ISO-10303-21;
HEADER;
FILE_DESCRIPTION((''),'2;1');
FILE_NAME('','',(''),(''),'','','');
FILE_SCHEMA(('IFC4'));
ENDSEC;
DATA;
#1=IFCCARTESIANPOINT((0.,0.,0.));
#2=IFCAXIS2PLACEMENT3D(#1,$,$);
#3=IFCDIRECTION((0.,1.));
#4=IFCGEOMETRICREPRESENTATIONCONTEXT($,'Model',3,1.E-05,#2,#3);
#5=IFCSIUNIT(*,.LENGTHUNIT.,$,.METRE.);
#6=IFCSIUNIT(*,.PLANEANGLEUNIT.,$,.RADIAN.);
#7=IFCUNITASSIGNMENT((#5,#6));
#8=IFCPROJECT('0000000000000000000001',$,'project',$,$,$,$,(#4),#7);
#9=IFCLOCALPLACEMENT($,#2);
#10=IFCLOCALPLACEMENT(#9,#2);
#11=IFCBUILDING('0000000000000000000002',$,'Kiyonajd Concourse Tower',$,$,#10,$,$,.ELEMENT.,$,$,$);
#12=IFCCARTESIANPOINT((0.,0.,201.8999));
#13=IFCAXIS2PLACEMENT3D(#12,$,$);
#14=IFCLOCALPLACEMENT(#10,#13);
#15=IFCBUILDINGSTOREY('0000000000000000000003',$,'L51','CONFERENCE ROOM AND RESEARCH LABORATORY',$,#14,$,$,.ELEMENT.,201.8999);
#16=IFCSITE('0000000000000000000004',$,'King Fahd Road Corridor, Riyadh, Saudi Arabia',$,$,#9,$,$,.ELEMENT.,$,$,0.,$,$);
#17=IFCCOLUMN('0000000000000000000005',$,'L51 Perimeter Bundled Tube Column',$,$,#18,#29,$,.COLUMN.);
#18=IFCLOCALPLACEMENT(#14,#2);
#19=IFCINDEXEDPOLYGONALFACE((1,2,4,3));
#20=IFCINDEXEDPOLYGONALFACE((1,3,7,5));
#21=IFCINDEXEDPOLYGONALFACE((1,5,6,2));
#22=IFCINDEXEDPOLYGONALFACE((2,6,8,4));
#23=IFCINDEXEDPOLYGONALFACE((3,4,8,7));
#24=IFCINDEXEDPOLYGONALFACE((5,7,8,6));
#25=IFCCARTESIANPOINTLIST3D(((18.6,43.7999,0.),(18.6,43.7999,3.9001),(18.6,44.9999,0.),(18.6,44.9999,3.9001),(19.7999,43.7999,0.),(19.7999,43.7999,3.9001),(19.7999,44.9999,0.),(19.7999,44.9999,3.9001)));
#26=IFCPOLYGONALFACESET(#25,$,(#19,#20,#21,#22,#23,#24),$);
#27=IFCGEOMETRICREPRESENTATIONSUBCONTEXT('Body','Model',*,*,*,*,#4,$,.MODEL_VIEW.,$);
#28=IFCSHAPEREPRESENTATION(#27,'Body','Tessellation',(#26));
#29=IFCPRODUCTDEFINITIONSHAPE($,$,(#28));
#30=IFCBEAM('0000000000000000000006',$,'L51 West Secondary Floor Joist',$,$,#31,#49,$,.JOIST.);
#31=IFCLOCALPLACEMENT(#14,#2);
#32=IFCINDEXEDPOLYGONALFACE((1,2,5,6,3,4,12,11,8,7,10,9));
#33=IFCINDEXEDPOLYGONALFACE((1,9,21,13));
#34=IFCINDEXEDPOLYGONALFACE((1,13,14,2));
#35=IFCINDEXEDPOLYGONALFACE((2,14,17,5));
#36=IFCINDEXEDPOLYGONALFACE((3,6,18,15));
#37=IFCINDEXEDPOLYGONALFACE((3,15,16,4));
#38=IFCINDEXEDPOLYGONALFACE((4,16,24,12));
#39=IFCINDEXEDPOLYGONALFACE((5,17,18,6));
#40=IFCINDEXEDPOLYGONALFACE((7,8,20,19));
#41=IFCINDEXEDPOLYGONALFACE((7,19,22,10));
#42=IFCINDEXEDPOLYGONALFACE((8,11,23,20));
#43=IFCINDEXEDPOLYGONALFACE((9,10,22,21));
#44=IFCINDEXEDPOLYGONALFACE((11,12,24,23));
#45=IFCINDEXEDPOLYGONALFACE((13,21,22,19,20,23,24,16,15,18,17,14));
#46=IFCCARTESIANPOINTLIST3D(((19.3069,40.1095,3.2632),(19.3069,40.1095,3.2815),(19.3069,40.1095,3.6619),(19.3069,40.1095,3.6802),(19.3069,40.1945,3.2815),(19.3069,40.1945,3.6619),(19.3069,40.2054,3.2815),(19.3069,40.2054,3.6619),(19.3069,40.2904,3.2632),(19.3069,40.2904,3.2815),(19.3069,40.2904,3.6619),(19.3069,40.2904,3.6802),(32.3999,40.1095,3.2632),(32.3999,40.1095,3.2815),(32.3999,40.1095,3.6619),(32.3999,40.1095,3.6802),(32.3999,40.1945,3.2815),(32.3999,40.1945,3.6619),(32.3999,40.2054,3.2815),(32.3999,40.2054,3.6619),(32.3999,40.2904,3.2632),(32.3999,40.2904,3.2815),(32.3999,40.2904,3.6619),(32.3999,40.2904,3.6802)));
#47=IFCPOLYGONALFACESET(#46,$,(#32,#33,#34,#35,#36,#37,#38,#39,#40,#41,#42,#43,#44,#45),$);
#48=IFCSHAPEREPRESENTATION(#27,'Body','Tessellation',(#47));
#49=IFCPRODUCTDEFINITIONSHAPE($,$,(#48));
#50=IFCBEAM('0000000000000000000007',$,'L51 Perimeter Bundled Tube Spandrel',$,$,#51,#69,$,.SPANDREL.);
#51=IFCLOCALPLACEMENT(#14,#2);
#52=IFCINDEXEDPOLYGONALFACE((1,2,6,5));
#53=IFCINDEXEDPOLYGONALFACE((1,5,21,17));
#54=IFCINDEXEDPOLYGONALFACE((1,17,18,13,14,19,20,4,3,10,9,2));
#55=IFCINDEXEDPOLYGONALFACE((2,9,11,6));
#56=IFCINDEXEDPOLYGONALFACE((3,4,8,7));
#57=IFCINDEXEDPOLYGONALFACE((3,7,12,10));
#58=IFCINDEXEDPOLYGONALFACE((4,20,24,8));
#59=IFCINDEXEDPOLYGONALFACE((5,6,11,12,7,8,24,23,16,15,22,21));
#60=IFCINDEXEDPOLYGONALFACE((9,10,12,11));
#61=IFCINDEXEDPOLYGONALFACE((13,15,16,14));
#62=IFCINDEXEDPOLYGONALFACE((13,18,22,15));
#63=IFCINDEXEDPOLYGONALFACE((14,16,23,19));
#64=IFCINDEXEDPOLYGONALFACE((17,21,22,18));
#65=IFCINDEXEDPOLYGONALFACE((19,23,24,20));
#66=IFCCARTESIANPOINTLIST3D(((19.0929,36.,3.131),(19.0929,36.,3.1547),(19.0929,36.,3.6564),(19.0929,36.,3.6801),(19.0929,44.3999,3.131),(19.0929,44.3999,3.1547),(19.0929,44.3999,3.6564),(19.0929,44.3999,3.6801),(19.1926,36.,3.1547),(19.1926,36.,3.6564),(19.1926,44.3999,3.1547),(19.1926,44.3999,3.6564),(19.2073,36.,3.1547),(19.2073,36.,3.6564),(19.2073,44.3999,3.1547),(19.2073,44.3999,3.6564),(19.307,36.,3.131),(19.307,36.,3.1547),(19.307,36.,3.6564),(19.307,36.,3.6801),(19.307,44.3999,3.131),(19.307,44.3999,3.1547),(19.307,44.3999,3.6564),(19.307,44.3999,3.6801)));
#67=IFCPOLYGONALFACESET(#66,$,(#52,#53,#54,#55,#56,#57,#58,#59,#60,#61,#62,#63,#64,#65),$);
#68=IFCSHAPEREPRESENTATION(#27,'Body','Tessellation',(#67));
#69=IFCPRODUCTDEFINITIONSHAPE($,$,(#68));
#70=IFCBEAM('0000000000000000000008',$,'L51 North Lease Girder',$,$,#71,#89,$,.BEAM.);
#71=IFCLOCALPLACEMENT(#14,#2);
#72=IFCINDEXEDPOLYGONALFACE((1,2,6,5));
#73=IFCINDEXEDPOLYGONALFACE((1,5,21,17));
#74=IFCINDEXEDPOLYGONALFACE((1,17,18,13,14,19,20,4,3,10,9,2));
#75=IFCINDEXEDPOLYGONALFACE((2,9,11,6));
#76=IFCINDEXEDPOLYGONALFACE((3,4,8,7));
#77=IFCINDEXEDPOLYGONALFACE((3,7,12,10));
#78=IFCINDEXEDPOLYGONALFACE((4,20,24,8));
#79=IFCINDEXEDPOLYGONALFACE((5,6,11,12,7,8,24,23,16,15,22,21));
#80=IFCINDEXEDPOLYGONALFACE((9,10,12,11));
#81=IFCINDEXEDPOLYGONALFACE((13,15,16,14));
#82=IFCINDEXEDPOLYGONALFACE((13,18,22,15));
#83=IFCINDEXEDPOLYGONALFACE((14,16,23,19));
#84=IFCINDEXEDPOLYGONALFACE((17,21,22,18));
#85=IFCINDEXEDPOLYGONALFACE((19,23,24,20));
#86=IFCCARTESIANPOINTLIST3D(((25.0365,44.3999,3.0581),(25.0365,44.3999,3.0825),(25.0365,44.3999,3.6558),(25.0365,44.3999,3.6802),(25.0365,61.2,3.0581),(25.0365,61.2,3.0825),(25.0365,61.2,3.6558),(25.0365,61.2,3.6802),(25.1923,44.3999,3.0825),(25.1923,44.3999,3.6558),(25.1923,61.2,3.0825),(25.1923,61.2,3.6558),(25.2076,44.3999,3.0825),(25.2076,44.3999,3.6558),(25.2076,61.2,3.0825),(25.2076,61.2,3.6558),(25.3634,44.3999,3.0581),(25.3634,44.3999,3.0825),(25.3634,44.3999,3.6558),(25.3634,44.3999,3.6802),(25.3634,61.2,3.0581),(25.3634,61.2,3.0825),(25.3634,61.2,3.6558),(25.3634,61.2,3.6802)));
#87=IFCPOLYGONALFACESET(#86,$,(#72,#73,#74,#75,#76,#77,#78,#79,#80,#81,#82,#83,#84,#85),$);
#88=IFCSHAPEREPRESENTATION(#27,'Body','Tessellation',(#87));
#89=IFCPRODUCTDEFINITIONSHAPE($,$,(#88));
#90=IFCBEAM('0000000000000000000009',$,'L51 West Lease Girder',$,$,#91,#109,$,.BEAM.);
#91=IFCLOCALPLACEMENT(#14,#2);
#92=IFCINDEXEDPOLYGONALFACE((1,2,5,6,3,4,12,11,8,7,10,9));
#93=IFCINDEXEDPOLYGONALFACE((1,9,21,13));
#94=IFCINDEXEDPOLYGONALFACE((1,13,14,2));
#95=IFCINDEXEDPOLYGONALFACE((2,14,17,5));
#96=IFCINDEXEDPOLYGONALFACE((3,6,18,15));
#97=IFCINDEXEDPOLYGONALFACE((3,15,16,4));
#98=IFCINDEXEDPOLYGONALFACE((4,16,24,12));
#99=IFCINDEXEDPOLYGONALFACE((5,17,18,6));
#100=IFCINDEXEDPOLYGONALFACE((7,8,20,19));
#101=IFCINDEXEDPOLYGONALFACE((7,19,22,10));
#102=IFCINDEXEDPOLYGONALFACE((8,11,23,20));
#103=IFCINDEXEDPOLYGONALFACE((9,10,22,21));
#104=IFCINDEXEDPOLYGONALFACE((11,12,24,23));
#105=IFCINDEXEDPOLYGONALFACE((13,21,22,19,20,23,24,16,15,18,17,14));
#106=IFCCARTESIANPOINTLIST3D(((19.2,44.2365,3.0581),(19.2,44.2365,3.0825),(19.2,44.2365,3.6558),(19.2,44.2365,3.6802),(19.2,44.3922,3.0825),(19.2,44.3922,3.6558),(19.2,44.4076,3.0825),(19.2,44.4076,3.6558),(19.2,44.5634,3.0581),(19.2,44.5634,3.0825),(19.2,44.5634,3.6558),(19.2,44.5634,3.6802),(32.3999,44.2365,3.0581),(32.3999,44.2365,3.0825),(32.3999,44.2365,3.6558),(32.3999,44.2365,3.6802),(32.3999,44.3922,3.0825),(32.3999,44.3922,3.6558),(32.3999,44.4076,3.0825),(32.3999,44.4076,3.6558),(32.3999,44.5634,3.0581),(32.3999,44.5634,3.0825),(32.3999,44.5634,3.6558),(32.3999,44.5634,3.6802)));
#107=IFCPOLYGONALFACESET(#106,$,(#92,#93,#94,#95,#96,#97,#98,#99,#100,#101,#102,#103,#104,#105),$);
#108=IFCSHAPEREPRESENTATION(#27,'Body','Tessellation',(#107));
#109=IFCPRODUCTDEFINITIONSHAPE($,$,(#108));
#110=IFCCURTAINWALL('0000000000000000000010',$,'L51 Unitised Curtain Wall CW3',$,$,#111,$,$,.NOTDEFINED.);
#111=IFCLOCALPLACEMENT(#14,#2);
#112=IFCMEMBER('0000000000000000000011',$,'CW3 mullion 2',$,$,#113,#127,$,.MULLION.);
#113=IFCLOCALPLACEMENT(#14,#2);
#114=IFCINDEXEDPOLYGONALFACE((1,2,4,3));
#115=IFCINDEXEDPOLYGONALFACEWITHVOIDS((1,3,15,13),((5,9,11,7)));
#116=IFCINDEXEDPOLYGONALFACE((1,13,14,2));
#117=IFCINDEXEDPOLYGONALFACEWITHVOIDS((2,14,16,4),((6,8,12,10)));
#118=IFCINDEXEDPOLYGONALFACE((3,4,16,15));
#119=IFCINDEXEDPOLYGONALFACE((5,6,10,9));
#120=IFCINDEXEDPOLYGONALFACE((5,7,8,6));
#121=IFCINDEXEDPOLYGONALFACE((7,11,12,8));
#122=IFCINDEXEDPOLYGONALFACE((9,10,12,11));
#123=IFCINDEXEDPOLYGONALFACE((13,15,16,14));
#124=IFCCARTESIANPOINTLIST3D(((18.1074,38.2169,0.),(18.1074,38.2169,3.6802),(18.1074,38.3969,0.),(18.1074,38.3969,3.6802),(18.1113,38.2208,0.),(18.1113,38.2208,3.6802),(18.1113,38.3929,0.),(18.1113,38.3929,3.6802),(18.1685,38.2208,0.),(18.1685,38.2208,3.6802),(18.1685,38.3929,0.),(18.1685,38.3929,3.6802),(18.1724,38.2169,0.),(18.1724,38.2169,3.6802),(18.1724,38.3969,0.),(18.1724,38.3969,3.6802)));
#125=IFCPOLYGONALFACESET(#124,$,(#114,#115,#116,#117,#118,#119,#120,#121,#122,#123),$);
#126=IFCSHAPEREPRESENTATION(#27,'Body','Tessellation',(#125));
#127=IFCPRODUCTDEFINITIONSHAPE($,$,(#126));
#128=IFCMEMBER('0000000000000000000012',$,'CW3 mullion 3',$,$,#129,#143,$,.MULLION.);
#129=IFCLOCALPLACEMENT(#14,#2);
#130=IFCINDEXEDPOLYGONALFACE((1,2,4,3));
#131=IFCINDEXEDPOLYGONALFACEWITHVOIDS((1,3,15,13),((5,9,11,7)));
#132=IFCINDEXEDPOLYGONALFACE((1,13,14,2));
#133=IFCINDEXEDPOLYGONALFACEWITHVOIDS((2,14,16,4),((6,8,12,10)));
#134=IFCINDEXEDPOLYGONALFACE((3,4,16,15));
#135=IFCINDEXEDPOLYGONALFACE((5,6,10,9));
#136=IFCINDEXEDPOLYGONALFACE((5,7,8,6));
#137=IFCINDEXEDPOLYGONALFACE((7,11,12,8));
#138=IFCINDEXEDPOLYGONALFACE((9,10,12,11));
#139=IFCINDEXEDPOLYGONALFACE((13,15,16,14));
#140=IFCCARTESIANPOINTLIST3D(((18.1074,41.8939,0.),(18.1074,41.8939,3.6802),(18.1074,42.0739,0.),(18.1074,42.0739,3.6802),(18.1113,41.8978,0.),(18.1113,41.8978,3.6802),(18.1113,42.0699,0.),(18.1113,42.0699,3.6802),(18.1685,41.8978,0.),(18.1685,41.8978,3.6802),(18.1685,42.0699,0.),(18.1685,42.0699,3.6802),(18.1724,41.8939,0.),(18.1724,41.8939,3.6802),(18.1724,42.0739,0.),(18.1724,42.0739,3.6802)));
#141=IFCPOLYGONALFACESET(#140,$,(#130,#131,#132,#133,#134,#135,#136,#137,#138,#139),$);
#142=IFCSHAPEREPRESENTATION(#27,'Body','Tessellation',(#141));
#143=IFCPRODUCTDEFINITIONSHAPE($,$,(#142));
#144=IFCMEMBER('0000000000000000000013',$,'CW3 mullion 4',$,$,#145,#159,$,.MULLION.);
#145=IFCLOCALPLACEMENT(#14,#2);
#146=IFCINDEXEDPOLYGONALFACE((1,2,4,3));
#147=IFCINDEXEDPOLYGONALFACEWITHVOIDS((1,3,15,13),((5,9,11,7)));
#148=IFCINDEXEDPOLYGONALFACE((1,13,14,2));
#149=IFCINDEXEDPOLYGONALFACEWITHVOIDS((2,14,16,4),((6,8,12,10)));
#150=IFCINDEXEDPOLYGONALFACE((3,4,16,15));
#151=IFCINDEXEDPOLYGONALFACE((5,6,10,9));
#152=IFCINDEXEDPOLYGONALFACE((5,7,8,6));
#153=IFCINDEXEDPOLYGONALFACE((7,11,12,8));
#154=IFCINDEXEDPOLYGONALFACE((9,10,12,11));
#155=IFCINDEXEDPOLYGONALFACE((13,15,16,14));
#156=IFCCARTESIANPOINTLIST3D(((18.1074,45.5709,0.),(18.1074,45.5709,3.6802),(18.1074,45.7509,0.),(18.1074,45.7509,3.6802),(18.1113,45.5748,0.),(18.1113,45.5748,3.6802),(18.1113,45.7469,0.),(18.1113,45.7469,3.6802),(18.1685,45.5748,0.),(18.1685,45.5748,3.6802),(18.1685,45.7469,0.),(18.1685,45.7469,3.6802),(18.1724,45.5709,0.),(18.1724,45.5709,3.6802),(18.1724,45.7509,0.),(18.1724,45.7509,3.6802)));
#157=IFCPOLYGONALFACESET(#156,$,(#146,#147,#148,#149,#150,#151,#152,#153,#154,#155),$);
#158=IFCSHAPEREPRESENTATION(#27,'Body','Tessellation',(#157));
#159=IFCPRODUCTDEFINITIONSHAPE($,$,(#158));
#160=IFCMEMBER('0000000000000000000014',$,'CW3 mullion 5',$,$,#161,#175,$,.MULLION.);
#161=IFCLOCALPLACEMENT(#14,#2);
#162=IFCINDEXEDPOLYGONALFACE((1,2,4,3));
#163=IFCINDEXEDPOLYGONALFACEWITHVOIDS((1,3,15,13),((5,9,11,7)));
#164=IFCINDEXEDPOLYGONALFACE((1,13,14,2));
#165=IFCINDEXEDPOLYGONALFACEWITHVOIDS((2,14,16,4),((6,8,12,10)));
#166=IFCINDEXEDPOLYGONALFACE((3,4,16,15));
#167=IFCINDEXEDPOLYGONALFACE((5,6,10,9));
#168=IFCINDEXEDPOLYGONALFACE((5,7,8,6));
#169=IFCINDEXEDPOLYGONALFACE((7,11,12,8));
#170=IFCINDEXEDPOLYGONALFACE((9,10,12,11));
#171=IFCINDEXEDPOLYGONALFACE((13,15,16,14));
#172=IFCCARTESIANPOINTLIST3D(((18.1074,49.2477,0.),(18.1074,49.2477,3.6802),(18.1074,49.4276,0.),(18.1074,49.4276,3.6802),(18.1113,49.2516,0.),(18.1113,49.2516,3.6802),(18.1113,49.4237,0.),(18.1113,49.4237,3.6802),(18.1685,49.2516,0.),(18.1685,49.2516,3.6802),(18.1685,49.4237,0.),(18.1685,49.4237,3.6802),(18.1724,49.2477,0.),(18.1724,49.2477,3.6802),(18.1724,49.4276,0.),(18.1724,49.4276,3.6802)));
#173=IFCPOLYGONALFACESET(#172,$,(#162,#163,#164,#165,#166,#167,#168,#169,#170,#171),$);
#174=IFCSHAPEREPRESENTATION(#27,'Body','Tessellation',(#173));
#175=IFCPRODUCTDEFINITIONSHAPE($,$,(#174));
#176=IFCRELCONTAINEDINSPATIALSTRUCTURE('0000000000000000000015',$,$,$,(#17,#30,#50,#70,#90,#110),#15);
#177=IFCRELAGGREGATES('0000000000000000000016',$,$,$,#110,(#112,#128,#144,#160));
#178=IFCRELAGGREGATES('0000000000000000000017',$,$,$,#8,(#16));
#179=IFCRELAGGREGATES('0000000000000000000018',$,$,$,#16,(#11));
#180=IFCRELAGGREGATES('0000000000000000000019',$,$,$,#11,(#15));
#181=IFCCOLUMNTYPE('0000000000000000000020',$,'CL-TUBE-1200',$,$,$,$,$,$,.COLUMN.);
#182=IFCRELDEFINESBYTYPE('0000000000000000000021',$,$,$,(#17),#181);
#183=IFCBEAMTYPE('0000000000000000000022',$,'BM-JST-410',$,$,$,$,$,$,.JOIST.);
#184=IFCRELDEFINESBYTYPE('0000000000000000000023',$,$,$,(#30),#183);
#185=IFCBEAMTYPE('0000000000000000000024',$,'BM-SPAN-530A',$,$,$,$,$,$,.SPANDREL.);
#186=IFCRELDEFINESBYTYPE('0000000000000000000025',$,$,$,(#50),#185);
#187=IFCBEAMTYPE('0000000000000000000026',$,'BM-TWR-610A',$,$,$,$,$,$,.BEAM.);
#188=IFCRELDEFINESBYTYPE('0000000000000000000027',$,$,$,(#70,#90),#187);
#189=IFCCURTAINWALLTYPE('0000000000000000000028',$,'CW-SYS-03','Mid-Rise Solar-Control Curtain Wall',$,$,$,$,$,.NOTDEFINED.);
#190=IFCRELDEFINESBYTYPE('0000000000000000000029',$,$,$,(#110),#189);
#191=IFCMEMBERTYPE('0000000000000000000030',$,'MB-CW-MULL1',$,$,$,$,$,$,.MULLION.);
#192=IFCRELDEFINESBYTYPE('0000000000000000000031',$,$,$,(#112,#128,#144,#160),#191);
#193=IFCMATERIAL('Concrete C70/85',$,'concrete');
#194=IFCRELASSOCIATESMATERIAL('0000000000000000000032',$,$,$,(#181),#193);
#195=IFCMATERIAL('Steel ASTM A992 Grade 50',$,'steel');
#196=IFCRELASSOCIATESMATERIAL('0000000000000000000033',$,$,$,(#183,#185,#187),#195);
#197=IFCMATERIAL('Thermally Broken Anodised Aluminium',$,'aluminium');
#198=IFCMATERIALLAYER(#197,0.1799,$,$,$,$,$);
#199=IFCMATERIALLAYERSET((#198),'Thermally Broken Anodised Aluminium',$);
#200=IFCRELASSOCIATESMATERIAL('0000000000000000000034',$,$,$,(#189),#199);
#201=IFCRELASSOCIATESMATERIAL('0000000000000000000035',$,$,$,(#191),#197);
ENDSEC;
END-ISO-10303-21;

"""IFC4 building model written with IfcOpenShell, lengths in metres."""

from ifc_helpers import new_model, si_unit, direction, frame, origin, origin_2d, place, context, subcontext, project, spatial, rectangle, hollow_rectangle, i_section, extrude, material, layer, layer_set, material_profile, profile_set, type_object, element, aggregate, save


model = new_model("IFC4")

# Units and contexts
model_context = context("Model", 3, precision=1e-05, world=origin(), true_north=direction((0.0, 1.0)))
body_context = subcontext(model_context, "Body", "Model", "MODEL_VIEW")
ifc_project = project(units=[si_unit("LENGTHUNIT", "METRE"), si_unit("PLANEANGLEUNIT", "RADIAN")], contexts=[model_context])

# Site, building, storey
site_placement = place(None, origin())
site = spatial("IfcSite", under=ifc_project, at=site_placement, Name="King Fahd Road Corridor, Riyadh, Saudi Arabia", CompositionType="ELEMENT", RefElevation=0.0)
building_placement = place(site_placement, origin())
building = spatial("IfcBuilding", under=site, at=building_placement, Name="Kiyonajd Concourse Tower", CompositionType="ELEMENT")
storey_placement = place(building_placement, frame((0.0, 0.0, 201.8999)))
storey = spatial("IfcBuildingStorey", under=building, at=storey_placement, Name="L51", Description="CONFERENCE ROOM AND RESEARCH LABORATORY", CompositionType="ELEMENT", Elevation=201.8999)

# Column
ifc_material_1 = material(Name="Concrete C70/85", Category="concrete")
ifc_material_profile_1 = material_profile(ifc_material_1, rectangle(XDim=1.2, YDim=1.2, at=origin_2d()), Name="RC-1200x1200")
ifc_profile_set_1 = profile_set([ifc_material_profile_1], Name="Concrete C70/85")
column_type = type_object("IfcColumnType", Name="CL-TUBE-1200", PredefinedType="COLUMN", material=ifc_profile_set_1)
column_placement = place(storey_placement, frame((19.2, 44.3999, 0.0), z_axis=(0.0, 0.0, 1.0), x_axis=(1.0, 0.0, 0.0)))
element("IfcColumn", 1, at=column_placement, inside=storey, type_object=column_type, Name="L51 Perimeter Bundled Tube Column", PredefinedType="COLUMN", context=body_context, shape_type="SweptSolid", body=[
    extrude(rectangle(XDim=1.2, YDim=1.2, at=origin_2d()), origin(), (0.0, 0.0, 1.0), 3.9001),
])

# Beams
ifc_material_2 = material(Name="Steel ASTM A992 Grade 50", Category="steel")
ifc_material_profile_2 = material_profile(ifc_material_2, i_section(OverallWidth=0.1809, OverallDepth=0.417, WebThickness=0.011, FlangeThickness=0.0183, at=origin_2d()), Name="W410X85")
ifc_profile_set_2 = profile_set([ifc_material_profile_2], Name="Steel ASTM A992 Grade 50")
beam_type_1 = type_object("IfcBeamType", Name="BM-JST-410", PredefinedType="JOIST", material=ifc_profile_set_2)
beam_1_placement = place(storey_placement, frame((19.3069, 40.2, 3.4717), z_axis=(1.0, 0.0, 0.0), x_axis=(0.0, 1.0, 0.0)))
element("IfcBeam", 2, at=beam_1_placement, inside=storey, type_object=beam_type_1, Name="L51 West Secondary Floor Joist", PredefinedType="JOIST", context=body_context, shape_type="SweptSolid", body=[
    extrude(i_section(OverallWidth=0.1809, OverallDepth=0.417, WebThickness=0.011, FlangeThickness=0.0183, at=origin_2d()), origin(), (0.0, 0.0, 1.0), 13.093),
])
ifc_material_profile_3 = material_profile(ifc_material_2, i_section(OverallWidth=0.2141, OverallDepth=0.5491, WebThickness=0.0146, FlangeThickness=0.0237, at=origin_2d()), Name="W530X138")
ifc_profile_set_3 = profile_set([ifc_material_profile_3], Name="Steel ASTM A992 Grade 50")
beam_type_2 = type_object("IfcBeamType", Name="BM-SPAN-530A", PredefinedType="SPANDREL", material=ifc_profile_set_3)
beam_2_placement = place(storey_placement, frame((19.2, 44.3999, 3.4055), z_axis=(0.0, -1.0, 0.0), x_axis=(1.0, 0.0, 0.0)))
element("IfcBeam", 3, at=beam_2_placement, inside=storey, type_object=beam_type_2, Name="L51 Perimeter Bundled Tube Spandrel", PredefinedType="SPANDREL", context=body_context, shape_type="SweptSolid", body=[
    extrude(i_section(OverallWidth=0.2141, OverallDepth=0.5491, WebThickness=0.0146, FlangeThickness=0.0237, at=origin_2d()), origin(), (0.0, 0.0, 1.0), 8.3999),
])
ifc_material_profile_4 = material_profile(ifc_material_2, i_section(OverallWidth=0.3269, OverallDepth=0.6221, WebThickness=0.0154, FlangeThickness=0.0244, at=origin_2d()), Name="W610X195")
ifc_profile_set_4 = profile_set([ifc_material_profile_4], Name="Steel ASTM A992 Grade 50")
beam_type_3 = type_object("IfcBeamType", Name="BM-TWR-610A", PredefinedType="BEAM", material=ifc_profile_set_4)
beam_3_placement = place(storey_placement, frame((25.2, 44.3999, 3.3691), z_axis=(0.0, 1.0, 0.0), x_axis=(-1.0, 0.0, 0.0)))
element("IfcBeam", 4, at=beam_3_placement, inside=storey, type_object=beam_type_3, Name="L51 North Lease Girder", PredefinedType="BEAM", context=body_context, shape_type="SweptSolid", body=[
    extrude(i_section(OverallWidth=0.3269, OverallDepth=0.6221, WebThickness=0.0154, FlangeThickness=0.0244, at=origin_2d()), origin(), (0.0, 0.0, 1.0), 16.8),
])
beam_4_placement = place(storey_placement, frame((19.2, 44.3999, 3.3691), z_axis=(1.0, 0.0, 0.0), x_axis=(0.0, 1.0, 0.0)))
element("IfcBeam", 5, at=beam_4_placement, inside=storey, type_object=beam_type_3, Name="L51 West Lease Girder", PredefinedType="BEAM", context=body_context, shape_type="SweptSolid", body=[
    extrude(i_section(OverallWidth=0.3269, OverallDepth=0.6221, WebThickness=0.0154, FlangeThickness=0.0244, at=origin_2d()), origin(), (0.0, 0.0, 1.0), 13.2),
])

# Curtain wall, members
ifc_material_3 = material(Name="Thermally Broken Anodised Aluminium", Category="aluminium")
ifc_layer_1 = layer(ifc_material_3, 0.1799)
ifc_layer_set_1 = layer_set([ifc_layer_1], Name="Thermally Broken Anodised Aluminium")
curtain_wall_type = type_object("IfcCurtainWallType", Name="CW-SYS-03", Description="Mid-Rise Solar-Control Curtain Wall", PredefinedType="NOTDEFINED", material=ifc_layer_set_1)
curtain_wall_placement = place(storey_placement, origin())
curtain_wall = element("IfcCurtainWall", 6, at=curtain_wall_placement, inside=storey, type_object=curtain_wall_type, Name="L51 Unitised Curtain Wall CW3", PredefinedType="NOTDEFINED")
ifc_material_profile_5 = material_profile(ifc_material_3, hollow_rectangle(XDim=0.0649, YDim=0.1799, WallThickness=0.0039, at=origin_2d()), Name="MULL-65x180")
ifc_profile_set_5 = profile_set([ifc_material_profile_5], Name="Thermally Broken Anodised Aluminium")
member_type_1 = type_object("IfcMemberType", Name="MB-CW-MULL1", PredefinedType="MULLION", material=ifc_profile_set_5)
member_1_placement = place(storey_placement, frame((18.1399, 38.3069, 0.0), z_axis=(0.0, 0.0, 1.0), x_axis=(-1.0, 0.0, 0.0)))
member_1 = element("IfcMember", 7, at=member_1_placement, type_object=member_type_1, Name="CW3 mullion 2", PredefinedType="MULLION", context=body_context, shape_type="SweptSolid", body=[
    extrude(hollow_rectangle(XDim=0.0649, YDim=0.1799, WallThickness=0.0039, at=origin_2d()), origin(), (0.0, 0.0, 1.0), 3.6802),
])
member_2_placement = place(storey_placement, frame((18.1399, 41.9839, 0.0), z_axis=(0.0, 0.0, 1.0), x_axis=(-1.0, 0.0, 0.0)))
member_2 = element("IfcMember", 8, at=member_2_placement, type_object=member_type_1, Name="CW3 mullion 3", PredefinedType="MULLION", context=body_context, shape_type="SweptSolid", body=[
    extrude(hollow_rectangle(XDim=0.0649, YDim=0.1799, WallThickness=0.0039, at=origin_2d()), origin(), (0.0, 0.0, 1.0), 3.6802),
])
member_3_placement = place(storey_placement, frame((18.1399, 45.6609, 0.0), z_axis=(0.0, 0.0, 1.0), x_axis=(-1.0, 0.0, 0.0)))
member_3 = element("IfcMember", 9, at=member_3_placement, type_object=member_type_1, Name="CW3 mullion 4", PredefinedType="MULLION", context=body_context, shape_type="SweptSolid", body=[
    extrude(hollow_rectangle(XDim=0.0649, YDim=0.1799, WallThickness=0.0039, at=origin_2d()), origin(), (0.0, 0.0, 1.0), 3.6802),
])
member_4_placement = place(storey_placement, frame((18.1399, 49.3376, 0.0), z_axis=(0.0, 0.0, 1.0), x_axis=(-1.0, 0.0, 0.0)))
member_4 = element("IfcMember", 10, at=member_4_placement, type_object=member_type_1, Name="CW3 mullion 5", PredefinedType="MULLION", context=body_context, shape_type="SweptSolid", body=[
    extrude(hollow_rectangle(XDim=0.0649, YDim=0.1799, WallThickness=0.0039, at=origin_2d()), origin(), (0.0, 0.0, 1.0), 3.6802),
])
aggregate(curtain_wall, [member_1, member_2, member_3, member_4])

save(model, "model.ifc")
